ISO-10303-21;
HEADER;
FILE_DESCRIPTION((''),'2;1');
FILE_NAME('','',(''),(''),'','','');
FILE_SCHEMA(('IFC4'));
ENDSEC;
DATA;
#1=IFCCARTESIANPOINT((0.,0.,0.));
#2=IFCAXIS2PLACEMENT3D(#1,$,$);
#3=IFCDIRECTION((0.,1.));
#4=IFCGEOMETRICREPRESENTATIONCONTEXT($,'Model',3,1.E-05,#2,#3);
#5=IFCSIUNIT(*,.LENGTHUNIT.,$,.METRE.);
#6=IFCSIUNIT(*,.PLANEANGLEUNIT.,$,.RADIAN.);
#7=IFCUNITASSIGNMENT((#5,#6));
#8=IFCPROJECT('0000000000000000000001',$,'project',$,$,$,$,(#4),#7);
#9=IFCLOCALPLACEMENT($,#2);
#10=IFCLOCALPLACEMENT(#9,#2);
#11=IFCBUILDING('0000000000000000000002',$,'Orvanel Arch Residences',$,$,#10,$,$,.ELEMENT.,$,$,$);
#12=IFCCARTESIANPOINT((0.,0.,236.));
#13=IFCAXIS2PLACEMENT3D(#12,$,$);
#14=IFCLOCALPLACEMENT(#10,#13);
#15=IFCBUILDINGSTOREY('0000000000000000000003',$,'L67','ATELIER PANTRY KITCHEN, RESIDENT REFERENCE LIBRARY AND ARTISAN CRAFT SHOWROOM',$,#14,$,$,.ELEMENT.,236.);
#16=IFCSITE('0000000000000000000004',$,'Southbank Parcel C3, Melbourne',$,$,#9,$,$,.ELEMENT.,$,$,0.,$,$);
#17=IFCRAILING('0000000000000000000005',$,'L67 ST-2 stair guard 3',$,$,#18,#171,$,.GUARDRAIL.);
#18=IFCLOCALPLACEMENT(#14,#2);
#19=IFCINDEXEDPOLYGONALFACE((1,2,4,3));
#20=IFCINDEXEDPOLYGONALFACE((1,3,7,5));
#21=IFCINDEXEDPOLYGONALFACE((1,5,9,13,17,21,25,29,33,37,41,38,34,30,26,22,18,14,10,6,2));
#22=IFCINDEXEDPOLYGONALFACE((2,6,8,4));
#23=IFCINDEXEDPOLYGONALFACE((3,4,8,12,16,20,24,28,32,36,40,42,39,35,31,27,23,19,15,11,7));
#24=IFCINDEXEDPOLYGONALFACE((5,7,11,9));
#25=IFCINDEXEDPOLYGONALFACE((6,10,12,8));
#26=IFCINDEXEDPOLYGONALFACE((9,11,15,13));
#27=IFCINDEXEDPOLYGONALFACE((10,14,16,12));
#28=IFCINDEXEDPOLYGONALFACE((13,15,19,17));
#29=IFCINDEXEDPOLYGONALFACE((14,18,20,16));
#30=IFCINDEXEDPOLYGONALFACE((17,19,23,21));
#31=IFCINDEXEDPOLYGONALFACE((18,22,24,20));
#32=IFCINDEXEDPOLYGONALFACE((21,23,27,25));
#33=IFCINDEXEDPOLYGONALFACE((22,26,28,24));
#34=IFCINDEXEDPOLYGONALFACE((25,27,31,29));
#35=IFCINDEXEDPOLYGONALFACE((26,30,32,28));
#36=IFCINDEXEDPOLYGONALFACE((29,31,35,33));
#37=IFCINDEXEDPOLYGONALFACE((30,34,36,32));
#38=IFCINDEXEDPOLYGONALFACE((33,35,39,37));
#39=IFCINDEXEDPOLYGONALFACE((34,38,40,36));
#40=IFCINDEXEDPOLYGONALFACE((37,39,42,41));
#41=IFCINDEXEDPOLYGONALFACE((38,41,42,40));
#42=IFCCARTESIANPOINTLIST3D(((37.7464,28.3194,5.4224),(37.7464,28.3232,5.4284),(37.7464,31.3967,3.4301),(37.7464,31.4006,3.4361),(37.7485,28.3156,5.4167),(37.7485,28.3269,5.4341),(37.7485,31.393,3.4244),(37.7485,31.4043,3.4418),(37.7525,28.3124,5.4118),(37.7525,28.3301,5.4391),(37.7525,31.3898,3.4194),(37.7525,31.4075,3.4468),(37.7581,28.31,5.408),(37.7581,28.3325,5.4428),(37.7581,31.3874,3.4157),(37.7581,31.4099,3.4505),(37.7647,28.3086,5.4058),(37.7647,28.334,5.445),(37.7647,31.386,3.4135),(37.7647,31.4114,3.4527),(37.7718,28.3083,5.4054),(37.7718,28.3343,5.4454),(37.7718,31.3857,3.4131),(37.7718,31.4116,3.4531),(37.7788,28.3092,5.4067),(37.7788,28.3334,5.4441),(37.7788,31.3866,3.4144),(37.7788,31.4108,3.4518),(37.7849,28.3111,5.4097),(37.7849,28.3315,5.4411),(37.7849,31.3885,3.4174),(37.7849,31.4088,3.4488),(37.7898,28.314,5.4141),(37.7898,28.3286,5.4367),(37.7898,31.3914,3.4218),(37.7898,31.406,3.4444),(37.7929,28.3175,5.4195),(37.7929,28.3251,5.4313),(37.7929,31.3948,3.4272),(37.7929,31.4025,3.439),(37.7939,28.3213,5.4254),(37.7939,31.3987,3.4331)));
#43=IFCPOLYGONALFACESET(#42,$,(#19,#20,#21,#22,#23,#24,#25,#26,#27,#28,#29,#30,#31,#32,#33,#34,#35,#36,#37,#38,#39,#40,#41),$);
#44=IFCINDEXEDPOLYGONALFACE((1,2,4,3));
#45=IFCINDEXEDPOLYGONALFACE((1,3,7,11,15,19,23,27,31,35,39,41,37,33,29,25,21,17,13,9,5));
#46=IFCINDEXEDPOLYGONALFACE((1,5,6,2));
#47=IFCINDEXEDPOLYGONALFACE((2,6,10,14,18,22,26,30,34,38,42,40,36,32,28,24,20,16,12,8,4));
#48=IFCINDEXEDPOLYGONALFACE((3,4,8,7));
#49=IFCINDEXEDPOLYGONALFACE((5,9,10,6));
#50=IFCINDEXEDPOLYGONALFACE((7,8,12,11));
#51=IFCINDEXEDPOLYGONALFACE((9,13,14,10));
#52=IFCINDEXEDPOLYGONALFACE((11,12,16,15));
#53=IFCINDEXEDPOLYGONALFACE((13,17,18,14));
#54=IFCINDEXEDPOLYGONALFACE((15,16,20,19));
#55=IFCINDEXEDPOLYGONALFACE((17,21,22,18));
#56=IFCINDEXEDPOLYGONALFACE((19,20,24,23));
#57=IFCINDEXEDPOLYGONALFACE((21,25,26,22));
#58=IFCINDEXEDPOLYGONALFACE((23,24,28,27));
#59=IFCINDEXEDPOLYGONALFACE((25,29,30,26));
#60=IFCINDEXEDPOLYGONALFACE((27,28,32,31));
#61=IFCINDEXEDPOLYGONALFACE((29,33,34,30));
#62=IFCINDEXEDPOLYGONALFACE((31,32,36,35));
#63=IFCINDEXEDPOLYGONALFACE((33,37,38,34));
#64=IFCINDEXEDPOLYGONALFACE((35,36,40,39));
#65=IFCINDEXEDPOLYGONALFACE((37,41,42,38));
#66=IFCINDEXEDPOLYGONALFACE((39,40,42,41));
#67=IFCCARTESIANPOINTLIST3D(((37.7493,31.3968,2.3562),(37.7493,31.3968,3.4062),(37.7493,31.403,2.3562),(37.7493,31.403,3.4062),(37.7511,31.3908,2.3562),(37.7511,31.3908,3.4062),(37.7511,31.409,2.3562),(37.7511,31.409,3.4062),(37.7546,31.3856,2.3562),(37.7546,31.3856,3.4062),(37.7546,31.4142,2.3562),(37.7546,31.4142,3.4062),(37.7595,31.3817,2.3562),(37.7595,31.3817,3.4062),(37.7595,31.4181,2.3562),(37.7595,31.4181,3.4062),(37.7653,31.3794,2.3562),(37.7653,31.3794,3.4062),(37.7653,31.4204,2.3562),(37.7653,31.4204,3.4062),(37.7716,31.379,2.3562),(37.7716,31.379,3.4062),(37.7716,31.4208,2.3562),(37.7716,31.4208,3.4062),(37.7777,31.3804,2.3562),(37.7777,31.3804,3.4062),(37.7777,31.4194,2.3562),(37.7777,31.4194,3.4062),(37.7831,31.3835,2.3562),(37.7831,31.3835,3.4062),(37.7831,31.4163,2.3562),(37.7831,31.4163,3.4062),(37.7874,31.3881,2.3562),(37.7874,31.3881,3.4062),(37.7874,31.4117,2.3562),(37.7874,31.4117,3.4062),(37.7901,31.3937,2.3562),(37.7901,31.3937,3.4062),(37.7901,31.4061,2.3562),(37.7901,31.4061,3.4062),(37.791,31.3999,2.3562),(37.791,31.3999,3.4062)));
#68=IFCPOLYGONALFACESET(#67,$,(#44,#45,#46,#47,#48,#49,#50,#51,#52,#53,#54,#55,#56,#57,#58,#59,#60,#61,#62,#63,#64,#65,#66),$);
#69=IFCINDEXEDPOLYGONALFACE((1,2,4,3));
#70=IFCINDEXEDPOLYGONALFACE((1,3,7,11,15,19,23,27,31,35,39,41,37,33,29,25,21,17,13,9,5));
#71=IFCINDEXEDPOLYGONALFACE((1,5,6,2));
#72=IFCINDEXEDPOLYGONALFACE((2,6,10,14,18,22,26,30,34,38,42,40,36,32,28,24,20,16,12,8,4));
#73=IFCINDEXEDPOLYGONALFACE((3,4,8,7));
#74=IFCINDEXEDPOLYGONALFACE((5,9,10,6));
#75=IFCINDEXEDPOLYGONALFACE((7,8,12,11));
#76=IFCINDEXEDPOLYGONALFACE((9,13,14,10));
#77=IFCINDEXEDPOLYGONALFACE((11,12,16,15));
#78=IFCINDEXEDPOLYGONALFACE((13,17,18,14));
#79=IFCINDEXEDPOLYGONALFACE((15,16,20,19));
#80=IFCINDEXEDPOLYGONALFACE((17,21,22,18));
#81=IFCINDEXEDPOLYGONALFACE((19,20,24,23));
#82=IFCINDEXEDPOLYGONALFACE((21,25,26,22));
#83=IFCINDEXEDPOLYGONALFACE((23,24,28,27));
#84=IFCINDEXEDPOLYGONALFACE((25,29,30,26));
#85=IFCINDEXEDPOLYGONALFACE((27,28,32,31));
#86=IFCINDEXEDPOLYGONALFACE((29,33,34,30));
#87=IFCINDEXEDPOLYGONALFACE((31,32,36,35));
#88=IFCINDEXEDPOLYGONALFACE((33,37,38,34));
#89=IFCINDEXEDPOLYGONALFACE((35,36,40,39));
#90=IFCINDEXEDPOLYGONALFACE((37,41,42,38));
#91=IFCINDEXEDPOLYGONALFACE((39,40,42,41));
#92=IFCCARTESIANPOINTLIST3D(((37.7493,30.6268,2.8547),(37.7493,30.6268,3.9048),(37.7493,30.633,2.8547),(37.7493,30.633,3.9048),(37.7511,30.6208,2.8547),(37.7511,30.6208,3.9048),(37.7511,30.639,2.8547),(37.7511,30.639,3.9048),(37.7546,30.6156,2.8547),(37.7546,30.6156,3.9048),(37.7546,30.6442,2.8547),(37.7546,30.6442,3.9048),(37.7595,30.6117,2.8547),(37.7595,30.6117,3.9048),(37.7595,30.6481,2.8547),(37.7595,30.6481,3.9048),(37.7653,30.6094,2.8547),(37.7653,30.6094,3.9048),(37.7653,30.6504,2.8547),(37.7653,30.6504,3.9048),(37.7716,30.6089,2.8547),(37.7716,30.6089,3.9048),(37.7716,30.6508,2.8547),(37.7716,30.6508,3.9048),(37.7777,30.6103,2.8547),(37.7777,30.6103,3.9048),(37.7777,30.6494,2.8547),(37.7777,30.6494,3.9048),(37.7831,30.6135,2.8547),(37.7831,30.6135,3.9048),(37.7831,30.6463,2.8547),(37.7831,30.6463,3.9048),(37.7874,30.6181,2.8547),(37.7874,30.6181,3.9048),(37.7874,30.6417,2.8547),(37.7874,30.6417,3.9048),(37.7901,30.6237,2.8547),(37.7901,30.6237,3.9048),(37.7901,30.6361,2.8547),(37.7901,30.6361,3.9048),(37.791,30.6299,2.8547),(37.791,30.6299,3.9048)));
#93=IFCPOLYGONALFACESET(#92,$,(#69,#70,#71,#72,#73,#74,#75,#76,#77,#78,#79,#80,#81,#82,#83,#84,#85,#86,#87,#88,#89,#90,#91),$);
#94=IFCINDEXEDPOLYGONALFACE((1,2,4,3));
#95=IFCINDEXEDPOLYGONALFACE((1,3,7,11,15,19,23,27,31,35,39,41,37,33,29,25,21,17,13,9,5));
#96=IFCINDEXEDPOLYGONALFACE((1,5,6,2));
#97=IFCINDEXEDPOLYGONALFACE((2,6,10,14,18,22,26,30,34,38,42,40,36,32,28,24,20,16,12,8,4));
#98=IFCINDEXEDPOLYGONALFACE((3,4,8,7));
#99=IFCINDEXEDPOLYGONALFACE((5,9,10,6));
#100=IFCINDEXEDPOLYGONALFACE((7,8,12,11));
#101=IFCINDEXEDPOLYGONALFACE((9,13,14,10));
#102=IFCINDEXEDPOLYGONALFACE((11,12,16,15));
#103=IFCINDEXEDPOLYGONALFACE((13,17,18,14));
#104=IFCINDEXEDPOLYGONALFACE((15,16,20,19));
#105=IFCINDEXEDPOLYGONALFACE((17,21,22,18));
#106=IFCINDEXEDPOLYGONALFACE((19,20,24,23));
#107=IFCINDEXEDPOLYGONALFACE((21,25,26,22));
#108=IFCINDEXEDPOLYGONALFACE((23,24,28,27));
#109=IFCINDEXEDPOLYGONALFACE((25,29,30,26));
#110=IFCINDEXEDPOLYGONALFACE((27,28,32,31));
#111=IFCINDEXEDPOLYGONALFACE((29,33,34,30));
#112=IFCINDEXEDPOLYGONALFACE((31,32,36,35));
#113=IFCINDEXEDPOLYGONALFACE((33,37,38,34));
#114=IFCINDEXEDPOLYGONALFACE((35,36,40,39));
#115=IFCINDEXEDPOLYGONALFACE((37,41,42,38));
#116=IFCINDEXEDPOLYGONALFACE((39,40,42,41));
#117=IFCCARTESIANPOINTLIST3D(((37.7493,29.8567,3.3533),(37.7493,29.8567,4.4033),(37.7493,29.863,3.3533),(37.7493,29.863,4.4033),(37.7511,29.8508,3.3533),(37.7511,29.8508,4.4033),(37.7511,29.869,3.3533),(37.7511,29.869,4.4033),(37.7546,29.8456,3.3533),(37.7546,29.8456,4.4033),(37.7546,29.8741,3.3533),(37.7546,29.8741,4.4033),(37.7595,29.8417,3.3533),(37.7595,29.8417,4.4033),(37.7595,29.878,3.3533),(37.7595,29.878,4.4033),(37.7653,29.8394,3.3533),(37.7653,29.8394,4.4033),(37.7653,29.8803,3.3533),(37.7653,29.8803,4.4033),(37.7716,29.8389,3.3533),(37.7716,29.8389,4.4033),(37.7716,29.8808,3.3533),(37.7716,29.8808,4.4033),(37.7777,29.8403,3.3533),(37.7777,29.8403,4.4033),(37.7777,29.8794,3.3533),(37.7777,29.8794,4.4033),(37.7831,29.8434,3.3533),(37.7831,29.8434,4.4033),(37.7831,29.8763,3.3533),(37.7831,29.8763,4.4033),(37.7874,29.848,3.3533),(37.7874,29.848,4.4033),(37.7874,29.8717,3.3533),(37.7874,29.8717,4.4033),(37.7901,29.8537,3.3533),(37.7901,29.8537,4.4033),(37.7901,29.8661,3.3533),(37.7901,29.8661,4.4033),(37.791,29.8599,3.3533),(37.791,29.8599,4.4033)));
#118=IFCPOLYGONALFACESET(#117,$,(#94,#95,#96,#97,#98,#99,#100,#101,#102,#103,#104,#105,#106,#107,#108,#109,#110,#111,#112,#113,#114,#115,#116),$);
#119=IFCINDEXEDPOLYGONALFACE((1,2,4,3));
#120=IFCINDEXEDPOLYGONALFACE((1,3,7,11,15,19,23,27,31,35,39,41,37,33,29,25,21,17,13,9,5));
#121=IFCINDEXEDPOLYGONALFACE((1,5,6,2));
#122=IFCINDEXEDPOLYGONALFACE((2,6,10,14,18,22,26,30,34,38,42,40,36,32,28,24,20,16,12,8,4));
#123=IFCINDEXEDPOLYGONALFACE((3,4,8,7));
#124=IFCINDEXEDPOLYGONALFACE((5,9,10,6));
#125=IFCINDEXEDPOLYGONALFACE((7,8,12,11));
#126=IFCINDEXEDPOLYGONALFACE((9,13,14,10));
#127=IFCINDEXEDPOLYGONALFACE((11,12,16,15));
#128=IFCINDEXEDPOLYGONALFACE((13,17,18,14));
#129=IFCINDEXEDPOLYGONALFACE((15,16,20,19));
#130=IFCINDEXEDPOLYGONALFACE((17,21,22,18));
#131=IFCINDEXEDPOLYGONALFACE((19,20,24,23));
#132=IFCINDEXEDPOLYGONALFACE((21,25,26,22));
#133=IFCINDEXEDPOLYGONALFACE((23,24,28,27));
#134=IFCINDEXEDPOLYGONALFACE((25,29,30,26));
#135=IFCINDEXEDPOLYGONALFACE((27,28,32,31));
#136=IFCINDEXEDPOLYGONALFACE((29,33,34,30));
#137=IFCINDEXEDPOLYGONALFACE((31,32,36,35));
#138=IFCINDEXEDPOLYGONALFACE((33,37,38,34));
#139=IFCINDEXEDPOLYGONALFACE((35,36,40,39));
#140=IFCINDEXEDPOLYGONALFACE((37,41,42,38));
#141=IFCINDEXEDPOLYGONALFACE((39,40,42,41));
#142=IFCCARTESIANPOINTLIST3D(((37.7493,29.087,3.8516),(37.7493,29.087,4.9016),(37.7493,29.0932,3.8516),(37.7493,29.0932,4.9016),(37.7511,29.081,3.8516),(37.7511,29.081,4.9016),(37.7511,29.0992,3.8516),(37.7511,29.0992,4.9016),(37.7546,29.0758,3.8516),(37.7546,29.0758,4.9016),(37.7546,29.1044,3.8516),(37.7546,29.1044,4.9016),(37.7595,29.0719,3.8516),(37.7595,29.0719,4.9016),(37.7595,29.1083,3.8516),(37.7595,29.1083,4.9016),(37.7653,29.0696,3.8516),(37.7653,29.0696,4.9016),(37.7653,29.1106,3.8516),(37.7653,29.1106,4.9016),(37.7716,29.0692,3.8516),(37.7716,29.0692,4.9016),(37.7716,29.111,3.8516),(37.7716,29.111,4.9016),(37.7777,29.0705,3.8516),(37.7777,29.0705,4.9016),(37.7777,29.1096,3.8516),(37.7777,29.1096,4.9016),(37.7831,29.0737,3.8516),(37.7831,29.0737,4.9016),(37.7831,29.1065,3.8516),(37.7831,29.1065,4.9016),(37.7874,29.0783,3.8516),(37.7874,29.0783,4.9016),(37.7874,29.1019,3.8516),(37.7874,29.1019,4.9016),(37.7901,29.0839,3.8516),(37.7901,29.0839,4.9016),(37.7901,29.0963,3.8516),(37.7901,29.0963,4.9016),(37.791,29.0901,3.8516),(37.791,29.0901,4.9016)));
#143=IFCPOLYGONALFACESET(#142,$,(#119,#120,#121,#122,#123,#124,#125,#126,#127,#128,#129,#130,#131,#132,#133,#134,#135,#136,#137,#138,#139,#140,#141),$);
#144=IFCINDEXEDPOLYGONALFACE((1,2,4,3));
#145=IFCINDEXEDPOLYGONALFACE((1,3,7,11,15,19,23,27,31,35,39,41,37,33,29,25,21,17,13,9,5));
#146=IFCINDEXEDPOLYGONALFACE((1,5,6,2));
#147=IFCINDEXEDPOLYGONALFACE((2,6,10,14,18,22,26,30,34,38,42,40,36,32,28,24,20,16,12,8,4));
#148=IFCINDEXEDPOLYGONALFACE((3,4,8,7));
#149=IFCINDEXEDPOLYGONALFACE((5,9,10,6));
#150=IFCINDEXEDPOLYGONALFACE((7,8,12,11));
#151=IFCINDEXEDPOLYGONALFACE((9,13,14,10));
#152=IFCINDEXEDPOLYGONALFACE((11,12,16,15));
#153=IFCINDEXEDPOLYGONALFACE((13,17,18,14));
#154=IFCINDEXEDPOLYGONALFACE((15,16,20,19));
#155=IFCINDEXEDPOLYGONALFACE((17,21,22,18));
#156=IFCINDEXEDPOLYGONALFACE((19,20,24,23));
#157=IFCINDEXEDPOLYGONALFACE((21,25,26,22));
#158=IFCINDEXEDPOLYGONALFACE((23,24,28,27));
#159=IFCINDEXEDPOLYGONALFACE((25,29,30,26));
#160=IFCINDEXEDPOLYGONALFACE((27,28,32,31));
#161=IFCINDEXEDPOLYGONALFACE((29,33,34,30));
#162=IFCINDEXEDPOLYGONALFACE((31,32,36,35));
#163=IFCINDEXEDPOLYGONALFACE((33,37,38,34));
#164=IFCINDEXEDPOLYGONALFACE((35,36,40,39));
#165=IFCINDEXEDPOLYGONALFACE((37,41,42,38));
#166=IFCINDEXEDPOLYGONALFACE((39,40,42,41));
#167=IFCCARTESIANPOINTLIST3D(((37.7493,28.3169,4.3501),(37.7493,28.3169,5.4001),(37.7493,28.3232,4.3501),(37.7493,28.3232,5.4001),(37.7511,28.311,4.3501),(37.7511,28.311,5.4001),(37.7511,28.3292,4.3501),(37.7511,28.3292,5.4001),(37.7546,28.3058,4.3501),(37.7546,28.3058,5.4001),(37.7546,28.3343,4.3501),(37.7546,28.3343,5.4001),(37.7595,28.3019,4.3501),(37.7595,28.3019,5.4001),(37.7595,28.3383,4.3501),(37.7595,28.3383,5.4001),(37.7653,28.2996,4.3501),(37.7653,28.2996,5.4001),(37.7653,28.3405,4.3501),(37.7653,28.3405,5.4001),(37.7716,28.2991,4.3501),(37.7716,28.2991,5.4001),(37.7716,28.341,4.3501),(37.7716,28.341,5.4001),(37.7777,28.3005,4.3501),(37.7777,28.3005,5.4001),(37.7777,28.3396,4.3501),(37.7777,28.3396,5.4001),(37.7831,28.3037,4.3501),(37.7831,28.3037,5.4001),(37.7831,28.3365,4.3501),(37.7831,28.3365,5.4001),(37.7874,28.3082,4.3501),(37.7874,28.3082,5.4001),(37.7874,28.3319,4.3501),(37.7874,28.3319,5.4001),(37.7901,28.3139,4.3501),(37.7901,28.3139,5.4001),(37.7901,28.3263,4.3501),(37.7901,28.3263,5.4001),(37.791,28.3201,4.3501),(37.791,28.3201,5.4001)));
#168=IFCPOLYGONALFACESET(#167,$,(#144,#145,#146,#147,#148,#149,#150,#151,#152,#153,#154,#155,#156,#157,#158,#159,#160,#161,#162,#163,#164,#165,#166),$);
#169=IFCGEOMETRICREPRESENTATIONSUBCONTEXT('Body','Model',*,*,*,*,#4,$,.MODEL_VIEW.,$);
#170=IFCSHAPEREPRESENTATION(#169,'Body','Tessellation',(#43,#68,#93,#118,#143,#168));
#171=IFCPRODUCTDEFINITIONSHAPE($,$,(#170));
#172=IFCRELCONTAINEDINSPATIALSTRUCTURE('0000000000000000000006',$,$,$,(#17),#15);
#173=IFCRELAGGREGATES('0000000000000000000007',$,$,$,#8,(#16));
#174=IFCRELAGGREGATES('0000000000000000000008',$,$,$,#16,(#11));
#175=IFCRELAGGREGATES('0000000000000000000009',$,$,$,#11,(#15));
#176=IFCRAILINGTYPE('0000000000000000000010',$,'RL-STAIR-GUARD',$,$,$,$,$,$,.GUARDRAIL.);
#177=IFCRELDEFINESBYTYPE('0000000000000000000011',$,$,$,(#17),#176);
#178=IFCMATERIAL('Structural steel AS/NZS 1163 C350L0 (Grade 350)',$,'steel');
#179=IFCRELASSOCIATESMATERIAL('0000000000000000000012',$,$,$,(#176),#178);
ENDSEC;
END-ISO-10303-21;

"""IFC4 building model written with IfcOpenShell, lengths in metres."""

from ifc_helpers import new_model, si_unit, direction, frame, origin, origin_2d, place, context, subcontext, project, spatial, circle, extrude, material, type_object, element, save


model = new_model("IFC4")

# Units and contexts
model_context = context("Model", 3, precision=1e-05, world=origin(), true_north=direction((0.0, 1.0)))
body_context = subcontext(model_context, "Body", "Model", "MODEL_VIEW")
ifc_project = project(units=[si_unit("LENGTHUNIT", "METRE"), si_unit("PLANEANGLEUNIT", "RADIAN")], contexts=[model_context])

# Site, building, storey
site_placement = place(None, origin())
site = spatial("IfcSite", under=ifc_project, at=site_placement, Name="Southbank Parcel C3, Melbourne", CompositionType="ELEMENT", RefElevation=0.0)
building_placement = place(site_placement, origin())
building = spatial("IfcBuilding", under=site, at=building_placement, Name="Orvanel Arch Residences", CompositionType="ELEMENT")
storey_placement = place(building_placement, frame((0.0, 0.0, 236.0)))
storey = spatial("IfcBuildingStorey", under=building, at=storey_placement, Name="L67", Description="ATELIER PANTRY KITCHEN, RESIDENT REFERENCE LIBRARY AND ARTISAN CRAFT SHOWROOM", CompositionType="ELEMENT", Elevation=236.0)

# Railing
ifc_material_1 = material(Name="Structural steel AS/NZS 1163 C350L0 (Grade 350)", Category="steel")
railing_type_1 = type_object("IfcRailingType", Name="RL-STAIR-GUARD", PredefinedType="GUARDRAIL", material=ifc_material_1)
railing_1_placement = place(storey_placement, frame((37.77, 31.3999, 2.3562)))
element("IfcRailing", 1, at=railing_1_placement, inside=storey, type_object=railing_type_1, Name="L67 ST-2 stair guard 3", PredefinedType="GUARDRAIL", context=body_context, shape_type="SweptSolid", body=[
    extrude(circle(Radius=0.0239, at=origin_2d()), frame((0.0, -0.0012, 1.0769), z_axis=(0.0, -0.839438, 0.543455), x_axis=(1.0, 0.0, 0.0)), (0.0, 0.0, 1.0), 3.666),
    extrude(circle(Radius=0.021, at=origin_2d()), origin(), (0.0, 0.0, 1.0), 1.05),
    extrude(circle(Radius=0.021, at=origin_2d()), frame((0.0, -0.77, 0.4985)), (0.0, 0.0, 1.0), 1.05),
    extrude(circle(Radius=0.021, at=origin_2d()), frame((0.0, -1.54, 0.9971)), (0.0, 0.0, 1.0), 1.05),
    extrude(circle(Radius=0.021, at=origin_2d()), frame((0.0, -2.3098, 1.4954)), (0.0, 0.0, 1.0), 1.05),
    extrude(circle(Radius=0.021, at=origin_2d()), frame((0.0, -3.0798, 1.9939)), (0.0, 0.0, 1.0), 1.05),
])

save(model, "model.ifc")
